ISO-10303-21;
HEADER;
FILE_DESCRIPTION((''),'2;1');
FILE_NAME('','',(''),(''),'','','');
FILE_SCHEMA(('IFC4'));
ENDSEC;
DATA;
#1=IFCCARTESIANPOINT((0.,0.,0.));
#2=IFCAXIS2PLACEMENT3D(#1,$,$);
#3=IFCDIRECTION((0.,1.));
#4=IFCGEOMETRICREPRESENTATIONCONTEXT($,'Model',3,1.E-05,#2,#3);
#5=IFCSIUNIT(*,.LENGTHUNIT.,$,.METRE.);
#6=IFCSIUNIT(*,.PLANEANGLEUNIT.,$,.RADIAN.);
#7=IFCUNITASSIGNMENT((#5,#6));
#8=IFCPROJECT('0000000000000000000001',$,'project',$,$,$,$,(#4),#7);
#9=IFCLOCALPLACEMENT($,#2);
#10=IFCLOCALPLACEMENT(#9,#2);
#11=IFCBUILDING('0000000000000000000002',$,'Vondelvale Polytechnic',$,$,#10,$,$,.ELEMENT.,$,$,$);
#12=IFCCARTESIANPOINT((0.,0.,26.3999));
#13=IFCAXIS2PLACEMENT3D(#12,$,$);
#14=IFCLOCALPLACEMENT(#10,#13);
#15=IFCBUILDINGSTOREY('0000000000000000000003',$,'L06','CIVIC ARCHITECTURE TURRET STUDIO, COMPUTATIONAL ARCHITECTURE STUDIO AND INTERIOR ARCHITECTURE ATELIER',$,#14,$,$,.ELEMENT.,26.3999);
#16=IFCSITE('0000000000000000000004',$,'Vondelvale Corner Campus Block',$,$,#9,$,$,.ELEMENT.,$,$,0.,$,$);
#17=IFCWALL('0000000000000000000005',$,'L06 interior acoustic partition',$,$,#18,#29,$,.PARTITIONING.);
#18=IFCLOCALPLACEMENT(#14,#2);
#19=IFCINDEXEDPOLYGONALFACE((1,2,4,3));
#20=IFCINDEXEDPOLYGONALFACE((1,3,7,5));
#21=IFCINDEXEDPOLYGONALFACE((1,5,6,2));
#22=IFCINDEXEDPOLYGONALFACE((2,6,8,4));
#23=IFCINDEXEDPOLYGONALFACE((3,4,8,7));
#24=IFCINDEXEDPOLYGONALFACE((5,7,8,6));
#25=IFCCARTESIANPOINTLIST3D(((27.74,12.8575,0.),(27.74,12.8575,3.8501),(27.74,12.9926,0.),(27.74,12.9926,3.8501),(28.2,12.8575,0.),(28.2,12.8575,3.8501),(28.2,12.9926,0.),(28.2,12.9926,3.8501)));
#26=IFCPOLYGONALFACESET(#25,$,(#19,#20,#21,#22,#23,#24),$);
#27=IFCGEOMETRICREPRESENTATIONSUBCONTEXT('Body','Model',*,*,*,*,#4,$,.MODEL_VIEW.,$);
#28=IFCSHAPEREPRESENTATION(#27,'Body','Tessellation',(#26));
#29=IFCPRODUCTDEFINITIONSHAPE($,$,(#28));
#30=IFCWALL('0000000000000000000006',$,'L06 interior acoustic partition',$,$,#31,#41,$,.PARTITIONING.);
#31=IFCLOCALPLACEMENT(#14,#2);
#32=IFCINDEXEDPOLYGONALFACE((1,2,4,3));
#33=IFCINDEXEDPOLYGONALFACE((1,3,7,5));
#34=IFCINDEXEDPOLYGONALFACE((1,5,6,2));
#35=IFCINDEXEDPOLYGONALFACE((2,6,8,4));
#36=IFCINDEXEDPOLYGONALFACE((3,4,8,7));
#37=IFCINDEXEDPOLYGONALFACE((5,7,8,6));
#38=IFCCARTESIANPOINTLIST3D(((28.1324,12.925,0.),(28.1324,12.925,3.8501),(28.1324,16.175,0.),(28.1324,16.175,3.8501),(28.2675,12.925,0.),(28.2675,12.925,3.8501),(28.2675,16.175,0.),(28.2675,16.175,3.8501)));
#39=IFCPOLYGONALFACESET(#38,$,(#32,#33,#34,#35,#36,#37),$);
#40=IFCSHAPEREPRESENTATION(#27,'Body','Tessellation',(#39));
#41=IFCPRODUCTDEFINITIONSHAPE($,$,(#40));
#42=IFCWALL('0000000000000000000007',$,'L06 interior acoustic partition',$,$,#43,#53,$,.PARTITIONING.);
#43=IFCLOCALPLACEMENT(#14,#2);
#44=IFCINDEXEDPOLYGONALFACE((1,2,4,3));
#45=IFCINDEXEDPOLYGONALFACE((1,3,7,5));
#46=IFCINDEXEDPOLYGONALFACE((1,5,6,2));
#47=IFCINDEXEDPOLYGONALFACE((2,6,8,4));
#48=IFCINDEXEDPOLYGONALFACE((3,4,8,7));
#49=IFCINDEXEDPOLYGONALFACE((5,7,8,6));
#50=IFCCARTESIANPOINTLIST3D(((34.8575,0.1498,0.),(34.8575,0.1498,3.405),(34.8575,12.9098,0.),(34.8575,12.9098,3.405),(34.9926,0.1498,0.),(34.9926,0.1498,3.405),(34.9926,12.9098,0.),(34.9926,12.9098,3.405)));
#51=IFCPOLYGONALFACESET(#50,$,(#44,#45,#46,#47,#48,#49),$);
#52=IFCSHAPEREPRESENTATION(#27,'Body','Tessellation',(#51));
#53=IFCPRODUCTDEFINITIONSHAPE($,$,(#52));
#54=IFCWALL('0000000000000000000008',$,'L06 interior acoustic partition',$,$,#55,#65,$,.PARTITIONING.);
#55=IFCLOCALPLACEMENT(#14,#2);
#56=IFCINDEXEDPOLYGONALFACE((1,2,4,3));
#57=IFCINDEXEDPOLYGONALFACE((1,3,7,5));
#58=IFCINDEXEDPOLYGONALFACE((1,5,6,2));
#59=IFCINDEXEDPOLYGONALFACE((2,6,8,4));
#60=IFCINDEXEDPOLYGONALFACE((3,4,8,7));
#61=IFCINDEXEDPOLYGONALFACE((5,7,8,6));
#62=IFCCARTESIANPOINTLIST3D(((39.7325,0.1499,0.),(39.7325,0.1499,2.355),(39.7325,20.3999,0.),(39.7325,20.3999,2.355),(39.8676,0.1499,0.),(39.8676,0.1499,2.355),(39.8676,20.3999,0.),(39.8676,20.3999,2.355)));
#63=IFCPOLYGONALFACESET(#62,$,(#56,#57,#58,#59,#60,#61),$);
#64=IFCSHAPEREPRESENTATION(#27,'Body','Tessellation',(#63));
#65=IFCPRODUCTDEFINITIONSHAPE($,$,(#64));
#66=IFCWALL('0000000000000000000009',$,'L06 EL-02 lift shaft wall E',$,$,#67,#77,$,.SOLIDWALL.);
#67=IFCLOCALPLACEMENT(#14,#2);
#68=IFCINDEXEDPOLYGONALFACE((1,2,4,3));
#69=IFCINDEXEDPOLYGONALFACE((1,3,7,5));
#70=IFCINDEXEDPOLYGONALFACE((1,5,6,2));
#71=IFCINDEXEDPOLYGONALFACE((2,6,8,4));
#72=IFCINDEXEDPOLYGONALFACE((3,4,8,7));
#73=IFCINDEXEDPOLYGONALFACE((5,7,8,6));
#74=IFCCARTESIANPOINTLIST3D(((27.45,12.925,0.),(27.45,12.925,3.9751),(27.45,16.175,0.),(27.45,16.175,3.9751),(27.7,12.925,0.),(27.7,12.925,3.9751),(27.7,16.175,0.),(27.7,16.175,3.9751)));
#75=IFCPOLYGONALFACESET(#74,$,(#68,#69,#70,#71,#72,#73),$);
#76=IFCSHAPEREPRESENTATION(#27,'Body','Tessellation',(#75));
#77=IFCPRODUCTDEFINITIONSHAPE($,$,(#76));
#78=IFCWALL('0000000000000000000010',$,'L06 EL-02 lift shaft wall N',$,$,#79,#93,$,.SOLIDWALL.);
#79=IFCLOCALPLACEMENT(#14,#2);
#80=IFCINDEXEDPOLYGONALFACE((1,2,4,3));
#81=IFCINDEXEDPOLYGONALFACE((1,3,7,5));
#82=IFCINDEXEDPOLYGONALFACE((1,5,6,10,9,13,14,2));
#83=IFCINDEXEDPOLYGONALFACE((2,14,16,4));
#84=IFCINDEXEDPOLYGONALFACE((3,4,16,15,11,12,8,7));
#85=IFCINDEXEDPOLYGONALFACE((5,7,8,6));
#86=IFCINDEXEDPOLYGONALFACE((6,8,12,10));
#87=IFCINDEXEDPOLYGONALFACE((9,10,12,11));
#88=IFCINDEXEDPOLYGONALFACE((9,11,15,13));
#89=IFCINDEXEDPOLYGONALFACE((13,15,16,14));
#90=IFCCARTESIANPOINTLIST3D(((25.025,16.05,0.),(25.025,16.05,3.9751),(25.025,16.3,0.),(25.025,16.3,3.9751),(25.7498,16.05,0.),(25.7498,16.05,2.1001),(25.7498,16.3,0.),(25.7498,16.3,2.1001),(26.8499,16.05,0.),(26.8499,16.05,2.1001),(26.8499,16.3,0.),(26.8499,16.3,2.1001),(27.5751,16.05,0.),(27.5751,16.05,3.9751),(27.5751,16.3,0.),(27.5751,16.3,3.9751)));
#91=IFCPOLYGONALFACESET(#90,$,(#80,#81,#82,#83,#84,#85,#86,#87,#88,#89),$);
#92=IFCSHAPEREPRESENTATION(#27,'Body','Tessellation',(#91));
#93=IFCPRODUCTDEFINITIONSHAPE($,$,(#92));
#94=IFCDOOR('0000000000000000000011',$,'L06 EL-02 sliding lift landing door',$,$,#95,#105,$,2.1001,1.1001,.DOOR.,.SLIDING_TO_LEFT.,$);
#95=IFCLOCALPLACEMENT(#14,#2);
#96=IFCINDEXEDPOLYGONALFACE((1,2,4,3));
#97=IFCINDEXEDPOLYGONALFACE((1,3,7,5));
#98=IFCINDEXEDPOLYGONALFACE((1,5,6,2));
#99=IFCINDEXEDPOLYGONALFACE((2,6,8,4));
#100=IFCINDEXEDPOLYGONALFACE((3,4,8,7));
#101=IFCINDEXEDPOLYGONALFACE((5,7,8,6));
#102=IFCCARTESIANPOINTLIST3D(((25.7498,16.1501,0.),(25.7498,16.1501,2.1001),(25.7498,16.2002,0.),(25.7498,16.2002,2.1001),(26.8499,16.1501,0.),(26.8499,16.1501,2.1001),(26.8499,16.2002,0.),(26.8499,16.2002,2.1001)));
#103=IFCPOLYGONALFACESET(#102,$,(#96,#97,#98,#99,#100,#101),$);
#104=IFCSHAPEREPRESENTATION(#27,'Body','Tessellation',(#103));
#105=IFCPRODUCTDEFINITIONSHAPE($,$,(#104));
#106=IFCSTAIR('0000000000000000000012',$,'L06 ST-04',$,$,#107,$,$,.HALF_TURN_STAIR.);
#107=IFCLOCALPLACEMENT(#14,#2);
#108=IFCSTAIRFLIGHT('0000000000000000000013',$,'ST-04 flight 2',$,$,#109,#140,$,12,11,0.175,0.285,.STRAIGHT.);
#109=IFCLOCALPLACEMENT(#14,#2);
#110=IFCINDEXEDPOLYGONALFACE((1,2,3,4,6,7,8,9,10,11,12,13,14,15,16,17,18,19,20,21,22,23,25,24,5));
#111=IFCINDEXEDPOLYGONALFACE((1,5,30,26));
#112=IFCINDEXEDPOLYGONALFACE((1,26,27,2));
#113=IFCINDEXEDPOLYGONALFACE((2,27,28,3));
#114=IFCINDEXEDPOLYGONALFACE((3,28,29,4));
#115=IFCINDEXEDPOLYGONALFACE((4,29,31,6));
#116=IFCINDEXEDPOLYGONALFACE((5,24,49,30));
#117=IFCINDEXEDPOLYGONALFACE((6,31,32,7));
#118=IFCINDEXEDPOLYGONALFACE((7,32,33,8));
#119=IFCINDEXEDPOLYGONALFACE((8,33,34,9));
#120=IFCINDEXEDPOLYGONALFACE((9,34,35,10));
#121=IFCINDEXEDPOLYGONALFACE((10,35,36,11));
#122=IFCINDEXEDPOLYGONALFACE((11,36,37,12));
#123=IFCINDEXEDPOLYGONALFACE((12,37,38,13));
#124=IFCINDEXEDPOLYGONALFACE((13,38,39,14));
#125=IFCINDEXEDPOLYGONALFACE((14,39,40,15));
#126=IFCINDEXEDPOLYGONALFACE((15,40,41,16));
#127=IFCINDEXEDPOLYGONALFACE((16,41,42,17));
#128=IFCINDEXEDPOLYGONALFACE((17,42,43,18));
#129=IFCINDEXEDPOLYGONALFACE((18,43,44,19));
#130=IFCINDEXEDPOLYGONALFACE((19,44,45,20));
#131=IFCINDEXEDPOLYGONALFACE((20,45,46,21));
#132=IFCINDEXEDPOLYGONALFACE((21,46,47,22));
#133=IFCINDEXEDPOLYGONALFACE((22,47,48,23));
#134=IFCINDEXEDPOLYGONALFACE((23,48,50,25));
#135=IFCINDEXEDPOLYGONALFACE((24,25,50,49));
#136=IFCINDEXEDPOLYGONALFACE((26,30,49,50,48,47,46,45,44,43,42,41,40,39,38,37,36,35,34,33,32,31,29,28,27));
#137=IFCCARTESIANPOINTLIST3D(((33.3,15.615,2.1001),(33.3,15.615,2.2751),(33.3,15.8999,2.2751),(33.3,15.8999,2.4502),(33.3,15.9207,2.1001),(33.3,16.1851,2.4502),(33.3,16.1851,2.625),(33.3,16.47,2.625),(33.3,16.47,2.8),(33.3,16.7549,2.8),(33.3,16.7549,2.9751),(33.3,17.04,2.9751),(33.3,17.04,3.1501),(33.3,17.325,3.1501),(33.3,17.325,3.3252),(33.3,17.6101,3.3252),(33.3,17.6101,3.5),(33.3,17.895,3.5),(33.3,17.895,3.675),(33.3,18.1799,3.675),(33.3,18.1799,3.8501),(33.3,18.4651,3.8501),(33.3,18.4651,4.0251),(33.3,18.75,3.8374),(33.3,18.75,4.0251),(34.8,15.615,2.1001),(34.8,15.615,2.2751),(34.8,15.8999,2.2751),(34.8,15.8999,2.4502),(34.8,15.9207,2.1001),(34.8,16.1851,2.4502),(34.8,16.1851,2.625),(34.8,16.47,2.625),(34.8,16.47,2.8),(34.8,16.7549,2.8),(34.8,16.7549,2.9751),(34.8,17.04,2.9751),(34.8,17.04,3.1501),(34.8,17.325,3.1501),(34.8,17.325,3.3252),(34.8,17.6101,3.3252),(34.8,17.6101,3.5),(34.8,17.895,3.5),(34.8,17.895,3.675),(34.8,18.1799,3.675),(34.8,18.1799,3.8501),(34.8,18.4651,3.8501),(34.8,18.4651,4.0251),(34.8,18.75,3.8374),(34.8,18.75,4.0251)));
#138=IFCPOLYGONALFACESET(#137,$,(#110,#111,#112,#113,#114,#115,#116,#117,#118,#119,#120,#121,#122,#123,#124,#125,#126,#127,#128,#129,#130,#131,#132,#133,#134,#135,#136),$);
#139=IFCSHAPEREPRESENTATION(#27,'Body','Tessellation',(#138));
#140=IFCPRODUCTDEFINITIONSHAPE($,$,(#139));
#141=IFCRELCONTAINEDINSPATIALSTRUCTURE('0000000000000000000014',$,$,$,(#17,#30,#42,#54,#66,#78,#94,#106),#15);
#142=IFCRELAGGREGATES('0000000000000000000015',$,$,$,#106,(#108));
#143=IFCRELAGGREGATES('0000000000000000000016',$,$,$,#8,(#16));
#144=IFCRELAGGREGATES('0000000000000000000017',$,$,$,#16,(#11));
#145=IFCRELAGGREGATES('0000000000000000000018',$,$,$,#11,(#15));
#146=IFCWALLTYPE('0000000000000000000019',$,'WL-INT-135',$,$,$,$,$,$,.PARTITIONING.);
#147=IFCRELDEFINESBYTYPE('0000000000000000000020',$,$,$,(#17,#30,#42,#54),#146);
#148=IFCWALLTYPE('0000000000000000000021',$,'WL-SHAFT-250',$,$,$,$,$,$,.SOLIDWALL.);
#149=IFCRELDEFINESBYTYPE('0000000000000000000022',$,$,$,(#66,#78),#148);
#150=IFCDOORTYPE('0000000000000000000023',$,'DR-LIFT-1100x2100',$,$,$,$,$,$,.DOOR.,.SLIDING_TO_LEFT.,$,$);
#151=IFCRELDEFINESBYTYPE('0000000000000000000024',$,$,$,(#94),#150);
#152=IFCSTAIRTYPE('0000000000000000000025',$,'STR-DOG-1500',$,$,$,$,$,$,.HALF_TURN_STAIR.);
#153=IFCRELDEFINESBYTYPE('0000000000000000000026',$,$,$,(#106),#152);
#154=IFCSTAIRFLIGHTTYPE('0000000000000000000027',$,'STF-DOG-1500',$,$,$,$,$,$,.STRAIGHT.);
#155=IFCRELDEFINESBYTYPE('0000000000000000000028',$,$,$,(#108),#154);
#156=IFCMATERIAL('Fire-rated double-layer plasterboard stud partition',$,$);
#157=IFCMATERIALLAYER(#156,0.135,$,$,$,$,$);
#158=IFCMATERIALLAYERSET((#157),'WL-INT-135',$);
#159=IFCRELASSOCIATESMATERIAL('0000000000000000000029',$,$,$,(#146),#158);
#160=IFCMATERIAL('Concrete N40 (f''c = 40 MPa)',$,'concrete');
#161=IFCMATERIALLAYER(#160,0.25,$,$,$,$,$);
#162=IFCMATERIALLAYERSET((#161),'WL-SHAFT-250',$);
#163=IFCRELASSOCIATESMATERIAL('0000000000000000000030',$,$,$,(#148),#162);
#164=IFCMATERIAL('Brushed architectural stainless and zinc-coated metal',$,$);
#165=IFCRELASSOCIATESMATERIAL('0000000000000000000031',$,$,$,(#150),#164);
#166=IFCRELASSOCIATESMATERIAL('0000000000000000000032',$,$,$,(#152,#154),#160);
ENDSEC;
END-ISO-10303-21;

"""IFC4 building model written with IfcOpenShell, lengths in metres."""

from ifc_helpers import new_model, si_unit, direction, frame, frame_2d, origin, place, context, subcontext, project, spatial, polyline, rectangle, outline, extrude, material, layer, layer_set, type_object, element, fill, aggregate, save


model = new_model("IFC4")

# Units and contexts
model_context = context("Model", 3, precision=1e-05, world=origin(), true_north=direction((0.0, 1.0)))
body_context = subcontext(model_context, "Body", "Model", "MODEL_VIEW")
ifc_project = project(units=[si_unit("LENGTHUNIT", "METRE"), si_unit("PLANEANGLEUNIT", "RADIAN")], contexts=[model_context])

# Site, building, storey
site_placement = place(None, origin())
site = spatial("IfcSite", under=ifc_project, at=site_placement, Name="Vondelvale Corner Campus Block", CompositionType="ELEMENT", RefElevation=0.0)
building_placement = place(site_placement, origin())
building = spatial("IfcBuilding", under=site, at=building_placement, Name="Vondelvale Polytechnic", CompositionType="ELEMENT")
storey_placement = place(building_placement, frame((0.0, 0.0, 26.3999)))
storey = spatial("IfcBuildingStorey", under=building, at=storey_placement, Name="L06", Description="CIVIC ARCHITECTURE TURRET STUDIO, COMPUTATIONAL ARCHITECTURE STUDIO AND INTERIOR ARCHITECTURE ATELIER", CompositionType="ELEMENT", Elevation=26.3999)

# Shared definitions
ifc_material_1 = material(Name="Concrete N40 (f'c = 40 MPa)", Category="concrete")

# Walls
ifc_material_2 = material(Name="Fire-rated double-layer plasterboard stud partition")
ifc_layer_1 = layer(ifc_material_2, 0.135)
ifc_layer_set_1 = layer_set([ifc_layer_1], Name="WL-INT-135")
wall_type_1 = type_object("IfcWallType", Name="WL-INT-135", PredefinedType="PARTITIONING", material=ifc_layer_set_1)
wall_1_placement = place(storey_placement, frame((27.74, 12.925, 0.0), z_axis=(0.0, 0.0, 1.0), x_axis=(1.0, 0.0, 0.0)))
element("IfcWall", 1, at=wall_1_placement, inside=storey, type_object=wall_type_1, Name="L06 interior acoustic partition", PredefinedType="PARTITIONING", context=body_context, shape_type="SweptSolid", body=[
    extrude(rectangle(XDim=0.46, YDim=0.135, at=frame_2d((0.23, 0.0))), origin(), (0.0, 0.0, 1.0), 3.8501),
])
wall_2_placement = place(storey_placement, frame((28.2, 12.925, 0.0), z_axis=(0.0, 0.0, 1.0), x_axis=(0.0, 1.0, 0.0)))
element("IfcWall", 2, at=wall_2_placement, inside=storey, type_object=wall_type_1, Name="L06 interior acoustic partition", PredefinedType="PARTITIONING", context=body_context, shape_type="SweptSolid", body=[
    extrude(rectangle(XDim=3.25, YDim=0.135, at=frame_2d((1.625, 0.0))), origin(), (0.0, 0.0, 1.0), 3.8501),
])
wall_3_placement = place(storey_placement, frame((34.925, 0.1499, 0.0), z_axis=(0.0, 0.0, 1.0), x_axis=(0.0, 1.0, 0.0)))
element("IfcWall", 3, at=wall_3_placement, inside=storey, type_object=wall_type_1, Name="L06 interior acoustic partition", PredefinedType="PARTITIONING", context=body_context, shape_type="SweptSolid", body=[
    extrude(rectangle(XDim=12.76, YDim=0.135, at=frame_2d((6.3799, 0.0))), origin(), (0.0, 0.0, 1.0), 3.405),
])
wall_4_placement = place(storey_placement, frame((39.8, 0.1499, 0.0), z_axis=(0.0, 0.0, 1.0), x_axis=(0.0, 1.0, 0.0)))
element("IfcWall", 4, at=wall_4_placement, inside=storey, type_object=wall_type_1, Name="L06 interior acoustic partition", PredefinedType="PARTITIONING", context=body_context, shape_type="SweptSolid", body=[
    extrude(rectangle(XDim=20.25, YDim=0.135, at=frame_2d((10.125, 0.0))), origin(), (0.0, 0.0, 1.0), 2.355),
])
ifc_layer_2 = layer(ifc_material_1, 0.25)
ifc_layer_set_2 = layer_set([ifc_layer_2], Name="WL-SHAFT-250")
wall_type_2 = type_object("IfcWallType", Name="WL-SHAFT-250", PredefinedType="SOLIDWALL", material=ifc_layer_set_2)
wall_5_placement = place(storey_placement, frame((27.575, 12.925, 0.0), z_axis=(0.0, 0.0, 1.0), x_axis=(0.0, 1.0, 0.0)))
element("IfcWall", 5, at=wall_5_placement, inside=storey, type_object=wall_type_2, Name="L06 EL-02 lift shaft wall E", PredefinedType="SOLIDWALL", context=body_context, shape_type="SweptSolid", body=[
    extrude(rectangle(XDim=3.25, YDim=0.25, at=frame_2d((1.625, 0.0))), origin(), (0.0, 0.0, 1.0), 3.9751),
])

# Wall, opening, door
wall_6_placement = place(storey_placement, frame((27.575, 16.175, 0.0), z_axis=(0.0, 0.0, 1.0), x_axis=(-1.0, 0.0, 0.0)))
wall_6 = element("IfcWall", 6, at=wall_6_placement, inside=storey, type_object=wall_type_2, Name="L06 EL-02 lift shaft wall N", PredefinedType="SOLIDWALL", context=body_context, shape_type="SweptSolid", body=[
    extrude(rectangle(XDim=2.55, YDim=0.25, at=frame_2d((1.2749, 0.0))), origin(), (0.0, 0.0, 1.0), 3.9751),
])
opening_placement = place(wall_6_placement, frame((0.7251, 0.0, 0.0)))
opening = element("IfcOpeningElement", 7, at=opening_placement, cuts=wall_6, PredefinedType="OPENING", context=body_context, shape_type="SweptSolid", body=[
    extrude(rectangle(XDim=1.1001, YDim=2.1001, at=frame_2d((0.55, 1.05))), frame((0.0, 0.135, 0.0), z_axis=(0.0, -1.0, 0.0), x_axis=(1.0, 0.0, 0.0)), (0.0, 0.0, 1.0), 0.27),
])
ifc_material_3 = material(Name="Brushed architectural stainless and zinc-coated metal")
door_type = type_object("IfcDoorType", Name="DR-LIFT-1100x2100", OperationType="SLIDING_TO_LEFT", PredefinedType="DOOR", material=ifc_material_3)
door_placement = place(opening_placement, origin())
door = element("IfcDoor", 8, at=door_placement, inside=storey, type_object=door_type, Name="L06 EL-02 sliding lift landing door", OperationType="SLIDING_TO_LEFT", OverallHeight=2.1001, OverallWidth=1.1001, PredefinedType="DOOR", context=body_context, shape_type="SweptSolid", body=[
    extrude(rectangle(XDim=1.1001, YDim=2.1001, at=frame_2d((0.55, 1.05))), frame((0.0, 0.0249, 0.0), z_axis=(0.0, -1.0, 0.0), x_axis=(1.0, 0.0, 0.0)), (0.0, 0.0, 1.0), 0.05),
])
fill(opening, door)

# Stair, stair flight
stair_type = type_object("IfcStairType", Name="STR-DOG-1500", PredefinedType="HALF_TURN_STAIR", material=ifc_material_1)
stair_placement = place(storey_placement, origin())
stair = element("IfcStair", 9, at=stair_placement, inside=storey, type_object=stair_type, Name="L06 ST-04", PredefinedType="HALF_TURN_STAIR")
stair_flight_type = type_object("IfcStairFlightType", Name="STF-DOG-1500", PredefinedType="STRAIGHT", material=ifc_material_1)
stair_flight_placement = place(storey_placement, frame((34.05, 15.615, 2.1001), z_axis=(0.0, 0.0, 1.0), x_axis=(0.0, 1.0, 0.0)))
stair_flight = element("IfcStairFlight", 10, at=stair_flight_placement, type_object=stair_flight_type, Name="ST-04 flight 2", NumberOfRisers=12, NumberOfTreads=11, PredefinedType="STRAIGHT", RiserHeight=0.175, TreadLength=0.285, context=body_context, shape_type="SweptSolid", body=[
    extrude(outline(polyline([(0.0, 0.0), (0.0, 0.175), (0.2849, 0.175), (0.2849, 0.3501), (0.5701, 0.3501), (0.5701, 0.5249), (0.855, 0.5249), (0.855, 0.7), (1.1399, 0.7), (1.1399, 0.875), (1.425, 0.875), (1.425, 1.05), (1.71, 1.05), (1.71, 1.2251), (1.9951, 1.2251), (1.9951, 1.3999), (2.28, 1.3999), (2.28, 1.575), (2.5649, 1.575), (2.5649, 1.75), (2.8501, 1.75), (2.8501, 1.925), (3.135, 1.925), (3.135, 2.1001), (3.135, 1.7373), (0.3057, 0.0), (0.0, 0.0)])), frame((0.0, 0.75, 0.0), z_axis=(0.0, -1.0, 0.0), x_axis=(1.0, 0.0, 0.0)), (0.0, 0.0, 1.0), 1.5),
])
aggregate(stair, [stair_flight])

save(model, "model.ifc")
